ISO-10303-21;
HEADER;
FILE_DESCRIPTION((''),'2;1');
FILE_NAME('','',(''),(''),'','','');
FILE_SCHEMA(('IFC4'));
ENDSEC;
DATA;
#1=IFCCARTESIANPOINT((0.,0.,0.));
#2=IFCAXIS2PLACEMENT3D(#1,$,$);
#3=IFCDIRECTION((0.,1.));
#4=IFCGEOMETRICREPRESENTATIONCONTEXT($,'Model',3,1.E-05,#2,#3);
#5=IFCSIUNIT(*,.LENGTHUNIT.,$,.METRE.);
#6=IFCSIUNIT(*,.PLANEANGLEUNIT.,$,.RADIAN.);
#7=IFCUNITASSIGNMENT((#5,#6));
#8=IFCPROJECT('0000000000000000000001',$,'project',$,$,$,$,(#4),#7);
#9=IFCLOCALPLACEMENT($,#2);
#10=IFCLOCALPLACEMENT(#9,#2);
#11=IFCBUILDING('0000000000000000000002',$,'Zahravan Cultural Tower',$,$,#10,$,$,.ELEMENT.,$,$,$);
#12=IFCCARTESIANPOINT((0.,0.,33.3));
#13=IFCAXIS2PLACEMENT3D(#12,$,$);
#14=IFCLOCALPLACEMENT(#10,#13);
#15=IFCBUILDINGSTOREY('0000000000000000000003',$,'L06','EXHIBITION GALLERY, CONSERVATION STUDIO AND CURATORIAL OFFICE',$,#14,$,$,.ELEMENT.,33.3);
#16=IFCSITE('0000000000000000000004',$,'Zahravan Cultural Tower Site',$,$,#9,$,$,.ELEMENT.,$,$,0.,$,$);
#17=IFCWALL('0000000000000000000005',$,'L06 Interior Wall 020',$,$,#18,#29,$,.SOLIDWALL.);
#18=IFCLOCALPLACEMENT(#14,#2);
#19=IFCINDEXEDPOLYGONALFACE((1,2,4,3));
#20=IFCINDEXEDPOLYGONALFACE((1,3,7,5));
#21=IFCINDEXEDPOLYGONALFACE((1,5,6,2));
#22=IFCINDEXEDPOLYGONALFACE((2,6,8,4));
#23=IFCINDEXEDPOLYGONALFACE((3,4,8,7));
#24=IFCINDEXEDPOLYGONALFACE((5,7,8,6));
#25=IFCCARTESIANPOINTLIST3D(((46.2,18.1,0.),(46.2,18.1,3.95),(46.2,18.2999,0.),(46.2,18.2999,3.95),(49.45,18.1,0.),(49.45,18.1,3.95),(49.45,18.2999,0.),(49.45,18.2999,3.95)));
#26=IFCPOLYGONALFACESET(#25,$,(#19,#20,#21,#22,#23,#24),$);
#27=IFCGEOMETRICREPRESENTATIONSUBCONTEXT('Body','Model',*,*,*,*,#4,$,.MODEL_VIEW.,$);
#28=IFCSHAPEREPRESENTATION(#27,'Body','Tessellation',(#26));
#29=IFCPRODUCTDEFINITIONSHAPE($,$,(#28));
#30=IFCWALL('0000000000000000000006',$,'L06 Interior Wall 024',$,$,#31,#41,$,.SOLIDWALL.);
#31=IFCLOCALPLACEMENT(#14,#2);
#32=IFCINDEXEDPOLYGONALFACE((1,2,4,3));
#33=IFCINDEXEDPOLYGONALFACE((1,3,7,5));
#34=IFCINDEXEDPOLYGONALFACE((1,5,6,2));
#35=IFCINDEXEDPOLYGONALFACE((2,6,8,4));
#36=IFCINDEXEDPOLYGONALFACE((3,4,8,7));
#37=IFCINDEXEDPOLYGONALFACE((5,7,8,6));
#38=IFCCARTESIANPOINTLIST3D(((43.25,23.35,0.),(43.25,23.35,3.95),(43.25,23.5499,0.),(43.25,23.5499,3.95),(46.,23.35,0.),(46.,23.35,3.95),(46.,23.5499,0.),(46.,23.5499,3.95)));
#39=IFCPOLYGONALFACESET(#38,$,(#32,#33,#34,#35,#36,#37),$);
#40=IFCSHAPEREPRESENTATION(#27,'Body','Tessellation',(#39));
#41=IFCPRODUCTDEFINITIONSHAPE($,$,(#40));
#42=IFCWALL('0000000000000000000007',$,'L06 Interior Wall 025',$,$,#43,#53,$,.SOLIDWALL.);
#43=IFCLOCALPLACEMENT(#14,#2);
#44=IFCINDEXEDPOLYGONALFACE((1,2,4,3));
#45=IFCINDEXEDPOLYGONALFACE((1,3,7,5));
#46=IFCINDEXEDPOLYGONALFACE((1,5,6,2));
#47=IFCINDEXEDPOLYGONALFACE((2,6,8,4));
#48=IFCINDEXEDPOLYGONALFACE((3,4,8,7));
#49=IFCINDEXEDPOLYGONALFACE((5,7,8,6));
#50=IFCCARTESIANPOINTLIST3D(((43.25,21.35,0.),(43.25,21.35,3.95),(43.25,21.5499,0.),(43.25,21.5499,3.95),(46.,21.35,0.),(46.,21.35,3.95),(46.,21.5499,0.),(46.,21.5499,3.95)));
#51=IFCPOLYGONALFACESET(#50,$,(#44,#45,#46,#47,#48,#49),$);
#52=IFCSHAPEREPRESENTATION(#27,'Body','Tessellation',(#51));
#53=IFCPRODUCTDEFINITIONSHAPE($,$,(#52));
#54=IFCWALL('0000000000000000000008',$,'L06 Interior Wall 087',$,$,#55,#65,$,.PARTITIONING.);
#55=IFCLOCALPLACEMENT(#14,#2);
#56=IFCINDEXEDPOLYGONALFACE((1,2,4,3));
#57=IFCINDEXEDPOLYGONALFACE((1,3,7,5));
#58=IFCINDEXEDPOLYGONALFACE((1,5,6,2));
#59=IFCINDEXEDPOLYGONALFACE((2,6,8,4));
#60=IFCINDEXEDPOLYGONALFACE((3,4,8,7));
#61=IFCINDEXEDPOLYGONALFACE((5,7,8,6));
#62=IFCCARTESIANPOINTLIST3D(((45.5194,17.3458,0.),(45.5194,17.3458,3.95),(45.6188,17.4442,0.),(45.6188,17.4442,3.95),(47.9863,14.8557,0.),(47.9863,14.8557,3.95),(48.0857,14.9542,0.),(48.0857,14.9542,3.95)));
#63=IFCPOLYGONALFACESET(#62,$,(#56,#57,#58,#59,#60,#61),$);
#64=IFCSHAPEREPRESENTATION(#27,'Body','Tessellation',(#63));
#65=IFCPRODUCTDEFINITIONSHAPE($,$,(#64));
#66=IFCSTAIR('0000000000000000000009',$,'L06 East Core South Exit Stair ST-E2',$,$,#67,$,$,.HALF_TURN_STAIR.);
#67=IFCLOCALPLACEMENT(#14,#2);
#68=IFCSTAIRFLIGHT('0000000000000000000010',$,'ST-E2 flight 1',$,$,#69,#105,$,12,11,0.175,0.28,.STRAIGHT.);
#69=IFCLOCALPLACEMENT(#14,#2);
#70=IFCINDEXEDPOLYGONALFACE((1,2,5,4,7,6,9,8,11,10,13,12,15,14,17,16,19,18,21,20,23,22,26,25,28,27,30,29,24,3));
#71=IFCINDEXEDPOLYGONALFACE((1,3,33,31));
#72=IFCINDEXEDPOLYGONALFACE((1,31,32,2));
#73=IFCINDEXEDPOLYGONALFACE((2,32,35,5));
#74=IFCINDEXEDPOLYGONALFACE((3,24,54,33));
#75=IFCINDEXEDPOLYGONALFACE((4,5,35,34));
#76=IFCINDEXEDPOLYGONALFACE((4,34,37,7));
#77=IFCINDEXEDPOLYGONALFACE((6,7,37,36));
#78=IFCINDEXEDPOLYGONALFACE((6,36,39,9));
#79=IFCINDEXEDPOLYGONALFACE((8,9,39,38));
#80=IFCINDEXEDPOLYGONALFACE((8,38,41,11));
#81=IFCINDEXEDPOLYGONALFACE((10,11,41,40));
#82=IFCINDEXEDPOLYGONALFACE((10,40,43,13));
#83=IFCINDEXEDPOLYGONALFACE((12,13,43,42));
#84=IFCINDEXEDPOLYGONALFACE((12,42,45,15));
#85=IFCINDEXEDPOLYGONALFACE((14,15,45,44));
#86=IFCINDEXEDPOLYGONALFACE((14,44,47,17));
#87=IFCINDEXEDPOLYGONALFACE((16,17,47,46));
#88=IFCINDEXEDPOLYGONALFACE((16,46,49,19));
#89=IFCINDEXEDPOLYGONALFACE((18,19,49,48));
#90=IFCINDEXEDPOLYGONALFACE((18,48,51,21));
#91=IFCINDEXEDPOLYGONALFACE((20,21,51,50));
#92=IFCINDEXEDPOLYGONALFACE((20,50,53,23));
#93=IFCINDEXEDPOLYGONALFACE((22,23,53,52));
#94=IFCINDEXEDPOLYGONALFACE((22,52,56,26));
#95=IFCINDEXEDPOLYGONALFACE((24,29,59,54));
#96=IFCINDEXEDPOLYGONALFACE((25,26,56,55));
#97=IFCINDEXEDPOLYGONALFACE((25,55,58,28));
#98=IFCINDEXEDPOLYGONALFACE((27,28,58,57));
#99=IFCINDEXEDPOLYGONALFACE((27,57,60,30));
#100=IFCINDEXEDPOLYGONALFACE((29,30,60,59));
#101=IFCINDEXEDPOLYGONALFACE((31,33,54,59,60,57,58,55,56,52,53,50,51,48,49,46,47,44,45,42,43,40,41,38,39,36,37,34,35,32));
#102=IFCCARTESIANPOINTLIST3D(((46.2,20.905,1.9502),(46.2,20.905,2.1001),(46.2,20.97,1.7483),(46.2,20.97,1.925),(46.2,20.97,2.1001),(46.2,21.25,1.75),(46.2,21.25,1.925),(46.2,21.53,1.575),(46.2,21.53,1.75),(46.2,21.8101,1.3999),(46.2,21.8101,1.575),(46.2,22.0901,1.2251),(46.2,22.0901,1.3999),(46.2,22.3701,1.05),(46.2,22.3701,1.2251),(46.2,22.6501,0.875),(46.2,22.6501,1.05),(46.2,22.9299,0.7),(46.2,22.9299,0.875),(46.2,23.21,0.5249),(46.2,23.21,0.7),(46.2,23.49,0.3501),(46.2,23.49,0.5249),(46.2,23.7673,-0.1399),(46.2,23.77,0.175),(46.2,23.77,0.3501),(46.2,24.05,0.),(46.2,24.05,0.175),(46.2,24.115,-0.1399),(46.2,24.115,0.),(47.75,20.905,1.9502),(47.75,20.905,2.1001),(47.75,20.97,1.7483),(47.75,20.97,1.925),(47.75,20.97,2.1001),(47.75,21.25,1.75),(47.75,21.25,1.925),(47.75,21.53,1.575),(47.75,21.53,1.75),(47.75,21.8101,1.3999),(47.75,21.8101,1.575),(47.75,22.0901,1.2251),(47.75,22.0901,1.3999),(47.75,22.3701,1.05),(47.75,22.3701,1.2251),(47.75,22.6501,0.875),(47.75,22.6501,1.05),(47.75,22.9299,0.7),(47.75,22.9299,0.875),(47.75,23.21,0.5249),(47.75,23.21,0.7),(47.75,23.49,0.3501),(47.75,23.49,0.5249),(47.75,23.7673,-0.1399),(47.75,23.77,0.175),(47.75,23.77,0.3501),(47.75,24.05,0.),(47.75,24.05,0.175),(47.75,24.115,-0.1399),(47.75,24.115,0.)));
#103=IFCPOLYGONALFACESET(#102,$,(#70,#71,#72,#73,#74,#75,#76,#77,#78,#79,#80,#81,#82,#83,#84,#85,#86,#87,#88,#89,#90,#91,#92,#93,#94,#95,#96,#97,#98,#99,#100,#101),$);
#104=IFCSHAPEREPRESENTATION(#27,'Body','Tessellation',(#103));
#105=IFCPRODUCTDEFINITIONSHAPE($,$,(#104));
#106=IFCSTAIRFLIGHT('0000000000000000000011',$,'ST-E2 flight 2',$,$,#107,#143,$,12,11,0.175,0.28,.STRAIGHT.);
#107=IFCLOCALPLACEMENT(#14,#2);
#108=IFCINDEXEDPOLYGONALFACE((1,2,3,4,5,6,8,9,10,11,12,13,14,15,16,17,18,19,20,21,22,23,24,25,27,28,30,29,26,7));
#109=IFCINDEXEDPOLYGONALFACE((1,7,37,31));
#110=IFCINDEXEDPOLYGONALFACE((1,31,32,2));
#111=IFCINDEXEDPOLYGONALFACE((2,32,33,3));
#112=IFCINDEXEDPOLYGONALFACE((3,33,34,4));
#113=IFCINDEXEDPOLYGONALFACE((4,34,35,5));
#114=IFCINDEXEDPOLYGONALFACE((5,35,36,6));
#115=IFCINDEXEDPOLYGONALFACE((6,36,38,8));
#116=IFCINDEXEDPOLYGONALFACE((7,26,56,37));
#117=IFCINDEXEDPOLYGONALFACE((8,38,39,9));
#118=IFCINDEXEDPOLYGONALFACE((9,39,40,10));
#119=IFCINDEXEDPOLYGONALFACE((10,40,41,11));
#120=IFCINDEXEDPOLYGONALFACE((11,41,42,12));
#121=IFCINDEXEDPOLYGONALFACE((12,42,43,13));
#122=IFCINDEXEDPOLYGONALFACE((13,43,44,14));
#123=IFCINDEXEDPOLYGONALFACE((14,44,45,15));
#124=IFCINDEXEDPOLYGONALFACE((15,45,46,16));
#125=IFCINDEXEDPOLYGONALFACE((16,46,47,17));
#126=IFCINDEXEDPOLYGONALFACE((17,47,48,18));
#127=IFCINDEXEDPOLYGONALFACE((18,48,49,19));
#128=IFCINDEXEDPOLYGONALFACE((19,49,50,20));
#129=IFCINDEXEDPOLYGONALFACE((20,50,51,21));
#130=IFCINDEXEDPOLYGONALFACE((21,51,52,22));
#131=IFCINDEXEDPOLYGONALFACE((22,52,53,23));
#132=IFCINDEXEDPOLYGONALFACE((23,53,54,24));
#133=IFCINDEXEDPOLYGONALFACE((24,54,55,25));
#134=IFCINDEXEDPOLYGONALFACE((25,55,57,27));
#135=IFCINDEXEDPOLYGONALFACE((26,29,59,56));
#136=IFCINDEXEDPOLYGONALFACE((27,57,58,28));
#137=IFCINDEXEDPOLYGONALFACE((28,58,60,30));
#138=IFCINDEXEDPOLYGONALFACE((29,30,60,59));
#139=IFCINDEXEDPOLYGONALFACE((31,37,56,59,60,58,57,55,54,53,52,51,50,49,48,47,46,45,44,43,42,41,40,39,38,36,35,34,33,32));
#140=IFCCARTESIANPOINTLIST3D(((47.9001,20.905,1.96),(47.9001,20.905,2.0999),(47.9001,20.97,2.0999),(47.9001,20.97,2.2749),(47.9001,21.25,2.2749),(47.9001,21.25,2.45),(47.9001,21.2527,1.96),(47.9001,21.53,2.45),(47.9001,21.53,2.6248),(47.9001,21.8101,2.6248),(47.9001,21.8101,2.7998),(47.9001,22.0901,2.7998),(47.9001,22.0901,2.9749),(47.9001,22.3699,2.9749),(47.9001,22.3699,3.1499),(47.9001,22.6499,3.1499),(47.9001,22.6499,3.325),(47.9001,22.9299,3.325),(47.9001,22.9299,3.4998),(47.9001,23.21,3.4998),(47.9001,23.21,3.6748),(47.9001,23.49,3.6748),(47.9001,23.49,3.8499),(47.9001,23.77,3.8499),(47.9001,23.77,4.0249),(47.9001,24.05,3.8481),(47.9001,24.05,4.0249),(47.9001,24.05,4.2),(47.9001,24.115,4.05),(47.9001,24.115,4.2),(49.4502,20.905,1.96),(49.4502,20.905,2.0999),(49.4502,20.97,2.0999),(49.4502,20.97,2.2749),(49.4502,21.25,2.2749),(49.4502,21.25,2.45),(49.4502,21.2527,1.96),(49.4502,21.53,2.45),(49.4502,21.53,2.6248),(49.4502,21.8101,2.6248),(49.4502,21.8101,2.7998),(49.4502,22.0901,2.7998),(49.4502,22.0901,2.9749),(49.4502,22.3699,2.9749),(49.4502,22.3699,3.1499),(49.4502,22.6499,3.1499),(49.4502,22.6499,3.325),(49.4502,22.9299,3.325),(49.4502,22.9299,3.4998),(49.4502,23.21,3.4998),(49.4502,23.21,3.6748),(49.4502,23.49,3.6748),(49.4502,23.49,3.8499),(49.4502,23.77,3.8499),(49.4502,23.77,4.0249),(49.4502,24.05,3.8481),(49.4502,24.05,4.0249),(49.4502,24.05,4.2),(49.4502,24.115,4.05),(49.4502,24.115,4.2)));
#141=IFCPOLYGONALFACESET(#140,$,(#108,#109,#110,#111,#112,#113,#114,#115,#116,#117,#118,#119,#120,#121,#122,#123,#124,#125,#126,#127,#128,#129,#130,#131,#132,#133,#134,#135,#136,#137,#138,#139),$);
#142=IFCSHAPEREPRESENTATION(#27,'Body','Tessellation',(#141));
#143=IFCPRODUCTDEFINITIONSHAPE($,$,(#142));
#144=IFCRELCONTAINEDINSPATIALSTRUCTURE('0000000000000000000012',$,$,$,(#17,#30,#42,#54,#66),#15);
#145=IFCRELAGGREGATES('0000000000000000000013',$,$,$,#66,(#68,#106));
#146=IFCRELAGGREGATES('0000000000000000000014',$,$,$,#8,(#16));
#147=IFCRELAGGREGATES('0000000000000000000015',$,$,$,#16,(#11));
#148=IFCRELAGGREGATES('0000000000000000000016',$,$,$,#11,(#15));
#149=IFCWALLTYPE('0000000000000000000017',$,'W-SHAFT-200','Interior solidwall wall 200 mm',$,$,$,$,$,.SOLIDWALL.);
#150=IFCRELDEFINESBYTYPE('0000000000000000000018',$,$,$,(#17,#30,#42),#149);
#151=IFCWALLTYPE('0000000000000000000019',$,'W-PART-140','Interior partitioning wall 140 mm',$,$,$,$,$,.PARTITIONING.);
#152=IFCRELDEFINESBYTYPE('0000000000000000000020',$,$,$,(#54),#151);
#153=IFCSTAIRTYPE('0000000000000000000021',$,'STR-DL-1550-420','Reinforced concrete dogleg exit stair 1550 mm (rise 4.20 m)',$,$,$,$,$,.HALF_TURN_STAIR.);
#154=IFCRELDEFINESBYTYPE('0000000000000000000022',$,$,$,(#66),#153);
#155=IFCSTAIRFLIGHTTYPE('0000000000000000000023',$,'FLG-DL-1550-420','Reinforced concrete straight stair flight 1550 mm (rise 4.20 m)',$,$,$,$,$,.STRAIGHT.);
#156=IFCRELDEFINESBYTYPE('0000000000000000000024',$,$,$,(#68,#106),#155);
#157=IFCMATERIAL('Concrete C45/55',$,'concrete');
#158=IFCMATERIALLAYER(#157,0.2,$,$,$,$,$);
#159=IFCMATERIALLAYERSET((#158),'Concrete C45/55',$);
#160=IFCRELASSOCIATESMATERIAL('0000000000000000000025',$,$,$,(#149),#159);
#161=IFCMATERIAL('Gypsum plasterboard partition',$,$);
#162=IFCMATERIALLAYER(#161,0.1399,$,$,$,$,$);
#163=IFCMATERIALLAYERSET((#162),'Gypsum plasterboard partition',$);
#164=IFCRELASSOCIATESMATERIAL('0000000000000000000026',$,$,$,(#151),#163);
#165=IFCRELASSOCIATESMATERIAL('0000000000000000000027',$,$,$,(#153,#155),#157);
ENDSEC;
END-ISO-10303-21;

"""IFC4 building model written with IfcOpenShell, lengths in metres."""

from ifc_helpers import new_model, si_unit, direction, frame, frame_2d, origin, place, context, subcontext, project, spatial, polyline, rectangle, outline, extrude, source, transform, mapped, material, layer, layer_set, type_object, element, aggregate, save


model = new_model("IFC4")

# Units and contexts
model_context = context("Model", 3, precision=1e-05, world=origin(), true_north=direction((0.0, 1.0)))
body_context = subcontext(model_context, "Body", "Model", "MODEL_VIEW")
ifc_project = project(units=[si_unit("LENGTHUNIT", "METRE"), si_unit("PLANEANGLEUNIT", "RADIAN")], contexts=[model_context])

# Site, building, storey
site_placement = place(None, origin())
site = spatial("IfcSite", under=ifc_project, at=site_placement, Name="Zahravan Cultural Tower Site", CompositionType="ELEMENT", RefElevation=0.0)
building_placement = place(site_placement, origin())
building = spatial("IfcBuilding", under=site, at=building_placement, Name="Zahravan Cultural Tower", CompositionType="ELEMENT")
storey_placement = place(building_placement, frame((0.0, 0.0, 33.3)))
storey = spatial("IfcBuildingStorey", under=building, at=storey_placement, Name="L06", Description="EXHIBITION GALLERY, CONSERVATION STUDIO AND CURATORIAL OFFICE", CompositionType="ELEMENT", Elevation=33.3)

# Shared definitions
ifc_material_1 = material(Name="Concrete C45/55", Category="concrete")
ifc_layer_1 = layer(ifc_material_1, 0.2)
ifc_layer_set_1 = layer_set([ifc_layer_1], Name="Concrete C45/55")
wall_type_1 = type_object("IfcWallType", Name="W-SHAFT-200", Description="Interior solidwall wall 200 mm", PredefinedType="SOLIDWALL", material=ifc_layer_set_1)

# Walls
shared_shape_1 = source(origin(), body_context, "Body", "SweptSolid", [
    extrude(rectangle(XDim=3.25, YDim=0.2, at=frame_2d((1.625, 0.0))), origin(), (0.0, 0.0, 1.0), 3.95),
])
wall_1_placement = place(storey_placement, frame((46.2, 18.2, 0.0), z_axis=(0.0, 0.0, 1.0), x_axis=(1.0, 0.0, 0.0)))
element("IfcWall", 1, at=wall_1_placement, inside=storey, type_object=wall_type_1, Name="L06 Interior Wall 020", PredefinedType="SOLIDWALL", context=body_context, shape_type="MappedRepresentation", body=[
    mapped(shared_shape_1, transform((0.0, 0.0, 0.0), x_axis=(1.0, 0.0, 0.0), y_axis=(0.0, 1.0, 0.0), z_axis=(0.0, 0.0, 1.0), scale=1.0)),
])
shared_shape_2 = source(origin(), body_context, "Body", "SweptSolid", [
    extrude(rectangle(XDim=2.75, YDim=0.2, at=frame_2d((1.375, 0.0))), origin(), (0.0, 0.0, 1.0), 3.95),
])
for number, where, z_axis, x_axis, name in (
    (2, (43.25, 23.45, 0.0), (0.0, 0.0, 1.0), (1.0, 0.0, 0.0), "L06 Interior Wall 024"),
    (3, (43.25, 21.45, 0.0), (0.0, 0.0, 1.0), (1.0, 0.0, 0.0), "L06 Interior Wall 025"),
):
    element("IfcWall", number, at=place(storey_placement, frame(where, z_axis=z_axis, x_axis=x_axis)), inside=storey, type_object=wall_type_1, Name=name, PredefinedType="SOLIDWALL", context=body_context, shape_type="MappedRepresentation", body=[
        mapped(shared_shape_2, transform((0.0, 0.0, 0.0), x_axis=(1.0, 0.0, 0.0), y_axis=(0.0, 1.0, 0.0), z_axis=(0.0, 0.0, 1.0), scale=1.0)),
    ])
ifc_material_2 = material(Name="Gypsum plasterboard partition")
ifc_layer_2 = layer(ifc_material_2, 0.1399)
ifc_layer_set_2 = layer_set([ifc_layer_2], Name="Gypsum plasterboard partition")
wall_type_2 = type_object("IfcWallType", Name="W-PART-140", Description="Interior partitioning wall 140 mm", PredefinedType="PARTITIONING", material=ifc_layer_set_2)
shared_shape_3 = source(origin(), body_context, "Body", "SweptSolid", [
    extrude(rectangle(XDim=3.5051, YDim=0.1399, at=frame_2d((1.7524, 0.0))), origin(), (0.0, 0.0, 1.0), 3.95),
])
wall_2_placement = place(storey_placement, frame((48.0359, 14.905, 0.0), z_axis=(0.0, 0.0, 1.0), x_axis=(-0.70379, 0.710408, 0.0)))
element("IfcWall", 4, at=wall_2_placement, inside=storey, type_object=wall_type_2, Name="L06 Interior Wall 087", PredefinedType="PARTITIONING", context=body_context, shape_type="MappedRepresentation", body=[
    mapped(shared_shape_3, transform((0.0, 0.0, 0.0), x_axis=(1.0, 0.0, 0.0), y_axis=(0.0, 1.0, 0.0), z_axis=(0.0, 0.0, 1.0), scale=1.0)),
])

# Stair, stair flights
stair_type = type_object("IfcStairType", Name="STR-DL-1550-420", Description="Reinforced concrete dogleg exit stair 1550 mm (rise 4.20 m)", PredefinedType="HALF_TURN_STAIR", material=ifc_material_1)
stair_placement = place(storey_placement, origin())
stair = element("IfcStair", 5, at=stair_placement, inside=storey, type_object=stair_type, Name="L06 East Core South Exit Stair ST-E2", PredefinedType="HALF_TURN_STAIR")
stair_flight_type = type_object("IfcStairFlightType", Name="FLG-DL-1550-420", Description="Reinforced concrete straight stair flight 1550 mm (rise 4.20 m)", PredefinedType="STRAIGHT", material=ifc_material_1)
stair_flight_1_placement = place(storey_placement, frame((46.9751, 24.05, 0.0), z_axis=(0.0, 0.0, 1.0), x_axis=(0.0, -1.0, 0.0)))
stair_flight_1 = element("IfcStairFlight", 6, at=stair_flight_1_placement, type_object=stair_flight_type, Name="ST-E2 flight 1", NumberOfRisers=12, NumberOfTreads=11, PredefinedType="STRAIGHT", RiserHeight=0.175, TreadLength=0.28, context=body_context, shape_type="SweptSolid", body=[
    extrude(outline(polyline([(-0.0649, -0.1399), (-0.0649, 0.0), (0.0, 0.0), (0.0, 0.175), (0.28, 0.175), (0.28, 0.3501), (0.5601, 0.3501), (0.5601, 0.5249), (0.8401, 0.5249), (0.8401, 0.7), (1.1201, 0.7), (1.1201, 0.875), (1.3999, 0.875), (1.3999, 1.05), (1.6799, 1.05), (1.6799, 1.2251), (1.96, 1.2251), (1.96, 1.3999), (2.24, 1.3999), (2.24, 1.575), (2.52, 1.575), (2.52, 1.75), (2.8, 1.75), (2.8, 1.925), (3.0801, 1.925), (3.0801, 2.1001), (3.145, 2.1001), (3.145, 1.9502), (3.0801, 1.7483), (0.2827, -0.1399), (-0.0649, -0.1399)])), frame((0.0, 0.7749, 0.0), z_axis=(0.0, -1.0, 0.0), x_axis=(1.0, 0.0, 0.0)), (0.0, 0.0, 1.0), 1.55),
])
stair_flight_2_placement = place(storey_placement, frame((48.675, 20.97, 2.0999), z_axis=(0.0, 0.0, 1.0), x_axis=(0.0, 1.0, 0.0)))
stair_flight_2 = element("IfcStairFlight", 7, at=stair_flight_2_placement, type_object=stair_flight_type, Name="ST-E2 flight 2", NumberOfRisers=12, NumberOfTreads=11, PredefinedType="STRAIGHT", RiserHeight=0.175, TreadLength=0.28, context=body_context, shape_type="SweptSolid", body=[
    extrude(outline(polyline([(-0.0649, -0.1399), (-0.0649, 0.0), (0.0, 0.0), (0.0, 0.175), (0.28, 0.175), (0.28, 0.3501), (0.5601, 0.3501), (0.5601, 0.5249), (0.8401, 0.5249), (0.8401, 0.7), (1.1201, 0.7), (1.1201, 0.875), (1.3999, 0.875), (1.3999, 1.05), (1.6799, 1.05), (1.6799, 1.2251), (1.96, 1.2251), (1.96, 1.3999), (2.24, 1.3999), (2.24, 1.575), (2.52, 1.575), (2.52, 1.75), (2.8, 1.75), (2.8, 1.925), (3.0801, 1.925), (3.0801, 2.1001), (3.145, 2.1001), (3.145, 1.9502), (3.0801, 1.7483), (0.2827, -0.1399), (-0.0649, -0.1399)])), frame((0.0, 0.7749, 0.0), z_axis=(0.0, -1.0, 0.0), x_axis=(1.0, 0.0, 0.0)), (0.0, 0.0, 1.0), 1.55),
])
aggregate(stair, [stair_flight_1, stair_flight_2])

save(model, "model.ifc")
